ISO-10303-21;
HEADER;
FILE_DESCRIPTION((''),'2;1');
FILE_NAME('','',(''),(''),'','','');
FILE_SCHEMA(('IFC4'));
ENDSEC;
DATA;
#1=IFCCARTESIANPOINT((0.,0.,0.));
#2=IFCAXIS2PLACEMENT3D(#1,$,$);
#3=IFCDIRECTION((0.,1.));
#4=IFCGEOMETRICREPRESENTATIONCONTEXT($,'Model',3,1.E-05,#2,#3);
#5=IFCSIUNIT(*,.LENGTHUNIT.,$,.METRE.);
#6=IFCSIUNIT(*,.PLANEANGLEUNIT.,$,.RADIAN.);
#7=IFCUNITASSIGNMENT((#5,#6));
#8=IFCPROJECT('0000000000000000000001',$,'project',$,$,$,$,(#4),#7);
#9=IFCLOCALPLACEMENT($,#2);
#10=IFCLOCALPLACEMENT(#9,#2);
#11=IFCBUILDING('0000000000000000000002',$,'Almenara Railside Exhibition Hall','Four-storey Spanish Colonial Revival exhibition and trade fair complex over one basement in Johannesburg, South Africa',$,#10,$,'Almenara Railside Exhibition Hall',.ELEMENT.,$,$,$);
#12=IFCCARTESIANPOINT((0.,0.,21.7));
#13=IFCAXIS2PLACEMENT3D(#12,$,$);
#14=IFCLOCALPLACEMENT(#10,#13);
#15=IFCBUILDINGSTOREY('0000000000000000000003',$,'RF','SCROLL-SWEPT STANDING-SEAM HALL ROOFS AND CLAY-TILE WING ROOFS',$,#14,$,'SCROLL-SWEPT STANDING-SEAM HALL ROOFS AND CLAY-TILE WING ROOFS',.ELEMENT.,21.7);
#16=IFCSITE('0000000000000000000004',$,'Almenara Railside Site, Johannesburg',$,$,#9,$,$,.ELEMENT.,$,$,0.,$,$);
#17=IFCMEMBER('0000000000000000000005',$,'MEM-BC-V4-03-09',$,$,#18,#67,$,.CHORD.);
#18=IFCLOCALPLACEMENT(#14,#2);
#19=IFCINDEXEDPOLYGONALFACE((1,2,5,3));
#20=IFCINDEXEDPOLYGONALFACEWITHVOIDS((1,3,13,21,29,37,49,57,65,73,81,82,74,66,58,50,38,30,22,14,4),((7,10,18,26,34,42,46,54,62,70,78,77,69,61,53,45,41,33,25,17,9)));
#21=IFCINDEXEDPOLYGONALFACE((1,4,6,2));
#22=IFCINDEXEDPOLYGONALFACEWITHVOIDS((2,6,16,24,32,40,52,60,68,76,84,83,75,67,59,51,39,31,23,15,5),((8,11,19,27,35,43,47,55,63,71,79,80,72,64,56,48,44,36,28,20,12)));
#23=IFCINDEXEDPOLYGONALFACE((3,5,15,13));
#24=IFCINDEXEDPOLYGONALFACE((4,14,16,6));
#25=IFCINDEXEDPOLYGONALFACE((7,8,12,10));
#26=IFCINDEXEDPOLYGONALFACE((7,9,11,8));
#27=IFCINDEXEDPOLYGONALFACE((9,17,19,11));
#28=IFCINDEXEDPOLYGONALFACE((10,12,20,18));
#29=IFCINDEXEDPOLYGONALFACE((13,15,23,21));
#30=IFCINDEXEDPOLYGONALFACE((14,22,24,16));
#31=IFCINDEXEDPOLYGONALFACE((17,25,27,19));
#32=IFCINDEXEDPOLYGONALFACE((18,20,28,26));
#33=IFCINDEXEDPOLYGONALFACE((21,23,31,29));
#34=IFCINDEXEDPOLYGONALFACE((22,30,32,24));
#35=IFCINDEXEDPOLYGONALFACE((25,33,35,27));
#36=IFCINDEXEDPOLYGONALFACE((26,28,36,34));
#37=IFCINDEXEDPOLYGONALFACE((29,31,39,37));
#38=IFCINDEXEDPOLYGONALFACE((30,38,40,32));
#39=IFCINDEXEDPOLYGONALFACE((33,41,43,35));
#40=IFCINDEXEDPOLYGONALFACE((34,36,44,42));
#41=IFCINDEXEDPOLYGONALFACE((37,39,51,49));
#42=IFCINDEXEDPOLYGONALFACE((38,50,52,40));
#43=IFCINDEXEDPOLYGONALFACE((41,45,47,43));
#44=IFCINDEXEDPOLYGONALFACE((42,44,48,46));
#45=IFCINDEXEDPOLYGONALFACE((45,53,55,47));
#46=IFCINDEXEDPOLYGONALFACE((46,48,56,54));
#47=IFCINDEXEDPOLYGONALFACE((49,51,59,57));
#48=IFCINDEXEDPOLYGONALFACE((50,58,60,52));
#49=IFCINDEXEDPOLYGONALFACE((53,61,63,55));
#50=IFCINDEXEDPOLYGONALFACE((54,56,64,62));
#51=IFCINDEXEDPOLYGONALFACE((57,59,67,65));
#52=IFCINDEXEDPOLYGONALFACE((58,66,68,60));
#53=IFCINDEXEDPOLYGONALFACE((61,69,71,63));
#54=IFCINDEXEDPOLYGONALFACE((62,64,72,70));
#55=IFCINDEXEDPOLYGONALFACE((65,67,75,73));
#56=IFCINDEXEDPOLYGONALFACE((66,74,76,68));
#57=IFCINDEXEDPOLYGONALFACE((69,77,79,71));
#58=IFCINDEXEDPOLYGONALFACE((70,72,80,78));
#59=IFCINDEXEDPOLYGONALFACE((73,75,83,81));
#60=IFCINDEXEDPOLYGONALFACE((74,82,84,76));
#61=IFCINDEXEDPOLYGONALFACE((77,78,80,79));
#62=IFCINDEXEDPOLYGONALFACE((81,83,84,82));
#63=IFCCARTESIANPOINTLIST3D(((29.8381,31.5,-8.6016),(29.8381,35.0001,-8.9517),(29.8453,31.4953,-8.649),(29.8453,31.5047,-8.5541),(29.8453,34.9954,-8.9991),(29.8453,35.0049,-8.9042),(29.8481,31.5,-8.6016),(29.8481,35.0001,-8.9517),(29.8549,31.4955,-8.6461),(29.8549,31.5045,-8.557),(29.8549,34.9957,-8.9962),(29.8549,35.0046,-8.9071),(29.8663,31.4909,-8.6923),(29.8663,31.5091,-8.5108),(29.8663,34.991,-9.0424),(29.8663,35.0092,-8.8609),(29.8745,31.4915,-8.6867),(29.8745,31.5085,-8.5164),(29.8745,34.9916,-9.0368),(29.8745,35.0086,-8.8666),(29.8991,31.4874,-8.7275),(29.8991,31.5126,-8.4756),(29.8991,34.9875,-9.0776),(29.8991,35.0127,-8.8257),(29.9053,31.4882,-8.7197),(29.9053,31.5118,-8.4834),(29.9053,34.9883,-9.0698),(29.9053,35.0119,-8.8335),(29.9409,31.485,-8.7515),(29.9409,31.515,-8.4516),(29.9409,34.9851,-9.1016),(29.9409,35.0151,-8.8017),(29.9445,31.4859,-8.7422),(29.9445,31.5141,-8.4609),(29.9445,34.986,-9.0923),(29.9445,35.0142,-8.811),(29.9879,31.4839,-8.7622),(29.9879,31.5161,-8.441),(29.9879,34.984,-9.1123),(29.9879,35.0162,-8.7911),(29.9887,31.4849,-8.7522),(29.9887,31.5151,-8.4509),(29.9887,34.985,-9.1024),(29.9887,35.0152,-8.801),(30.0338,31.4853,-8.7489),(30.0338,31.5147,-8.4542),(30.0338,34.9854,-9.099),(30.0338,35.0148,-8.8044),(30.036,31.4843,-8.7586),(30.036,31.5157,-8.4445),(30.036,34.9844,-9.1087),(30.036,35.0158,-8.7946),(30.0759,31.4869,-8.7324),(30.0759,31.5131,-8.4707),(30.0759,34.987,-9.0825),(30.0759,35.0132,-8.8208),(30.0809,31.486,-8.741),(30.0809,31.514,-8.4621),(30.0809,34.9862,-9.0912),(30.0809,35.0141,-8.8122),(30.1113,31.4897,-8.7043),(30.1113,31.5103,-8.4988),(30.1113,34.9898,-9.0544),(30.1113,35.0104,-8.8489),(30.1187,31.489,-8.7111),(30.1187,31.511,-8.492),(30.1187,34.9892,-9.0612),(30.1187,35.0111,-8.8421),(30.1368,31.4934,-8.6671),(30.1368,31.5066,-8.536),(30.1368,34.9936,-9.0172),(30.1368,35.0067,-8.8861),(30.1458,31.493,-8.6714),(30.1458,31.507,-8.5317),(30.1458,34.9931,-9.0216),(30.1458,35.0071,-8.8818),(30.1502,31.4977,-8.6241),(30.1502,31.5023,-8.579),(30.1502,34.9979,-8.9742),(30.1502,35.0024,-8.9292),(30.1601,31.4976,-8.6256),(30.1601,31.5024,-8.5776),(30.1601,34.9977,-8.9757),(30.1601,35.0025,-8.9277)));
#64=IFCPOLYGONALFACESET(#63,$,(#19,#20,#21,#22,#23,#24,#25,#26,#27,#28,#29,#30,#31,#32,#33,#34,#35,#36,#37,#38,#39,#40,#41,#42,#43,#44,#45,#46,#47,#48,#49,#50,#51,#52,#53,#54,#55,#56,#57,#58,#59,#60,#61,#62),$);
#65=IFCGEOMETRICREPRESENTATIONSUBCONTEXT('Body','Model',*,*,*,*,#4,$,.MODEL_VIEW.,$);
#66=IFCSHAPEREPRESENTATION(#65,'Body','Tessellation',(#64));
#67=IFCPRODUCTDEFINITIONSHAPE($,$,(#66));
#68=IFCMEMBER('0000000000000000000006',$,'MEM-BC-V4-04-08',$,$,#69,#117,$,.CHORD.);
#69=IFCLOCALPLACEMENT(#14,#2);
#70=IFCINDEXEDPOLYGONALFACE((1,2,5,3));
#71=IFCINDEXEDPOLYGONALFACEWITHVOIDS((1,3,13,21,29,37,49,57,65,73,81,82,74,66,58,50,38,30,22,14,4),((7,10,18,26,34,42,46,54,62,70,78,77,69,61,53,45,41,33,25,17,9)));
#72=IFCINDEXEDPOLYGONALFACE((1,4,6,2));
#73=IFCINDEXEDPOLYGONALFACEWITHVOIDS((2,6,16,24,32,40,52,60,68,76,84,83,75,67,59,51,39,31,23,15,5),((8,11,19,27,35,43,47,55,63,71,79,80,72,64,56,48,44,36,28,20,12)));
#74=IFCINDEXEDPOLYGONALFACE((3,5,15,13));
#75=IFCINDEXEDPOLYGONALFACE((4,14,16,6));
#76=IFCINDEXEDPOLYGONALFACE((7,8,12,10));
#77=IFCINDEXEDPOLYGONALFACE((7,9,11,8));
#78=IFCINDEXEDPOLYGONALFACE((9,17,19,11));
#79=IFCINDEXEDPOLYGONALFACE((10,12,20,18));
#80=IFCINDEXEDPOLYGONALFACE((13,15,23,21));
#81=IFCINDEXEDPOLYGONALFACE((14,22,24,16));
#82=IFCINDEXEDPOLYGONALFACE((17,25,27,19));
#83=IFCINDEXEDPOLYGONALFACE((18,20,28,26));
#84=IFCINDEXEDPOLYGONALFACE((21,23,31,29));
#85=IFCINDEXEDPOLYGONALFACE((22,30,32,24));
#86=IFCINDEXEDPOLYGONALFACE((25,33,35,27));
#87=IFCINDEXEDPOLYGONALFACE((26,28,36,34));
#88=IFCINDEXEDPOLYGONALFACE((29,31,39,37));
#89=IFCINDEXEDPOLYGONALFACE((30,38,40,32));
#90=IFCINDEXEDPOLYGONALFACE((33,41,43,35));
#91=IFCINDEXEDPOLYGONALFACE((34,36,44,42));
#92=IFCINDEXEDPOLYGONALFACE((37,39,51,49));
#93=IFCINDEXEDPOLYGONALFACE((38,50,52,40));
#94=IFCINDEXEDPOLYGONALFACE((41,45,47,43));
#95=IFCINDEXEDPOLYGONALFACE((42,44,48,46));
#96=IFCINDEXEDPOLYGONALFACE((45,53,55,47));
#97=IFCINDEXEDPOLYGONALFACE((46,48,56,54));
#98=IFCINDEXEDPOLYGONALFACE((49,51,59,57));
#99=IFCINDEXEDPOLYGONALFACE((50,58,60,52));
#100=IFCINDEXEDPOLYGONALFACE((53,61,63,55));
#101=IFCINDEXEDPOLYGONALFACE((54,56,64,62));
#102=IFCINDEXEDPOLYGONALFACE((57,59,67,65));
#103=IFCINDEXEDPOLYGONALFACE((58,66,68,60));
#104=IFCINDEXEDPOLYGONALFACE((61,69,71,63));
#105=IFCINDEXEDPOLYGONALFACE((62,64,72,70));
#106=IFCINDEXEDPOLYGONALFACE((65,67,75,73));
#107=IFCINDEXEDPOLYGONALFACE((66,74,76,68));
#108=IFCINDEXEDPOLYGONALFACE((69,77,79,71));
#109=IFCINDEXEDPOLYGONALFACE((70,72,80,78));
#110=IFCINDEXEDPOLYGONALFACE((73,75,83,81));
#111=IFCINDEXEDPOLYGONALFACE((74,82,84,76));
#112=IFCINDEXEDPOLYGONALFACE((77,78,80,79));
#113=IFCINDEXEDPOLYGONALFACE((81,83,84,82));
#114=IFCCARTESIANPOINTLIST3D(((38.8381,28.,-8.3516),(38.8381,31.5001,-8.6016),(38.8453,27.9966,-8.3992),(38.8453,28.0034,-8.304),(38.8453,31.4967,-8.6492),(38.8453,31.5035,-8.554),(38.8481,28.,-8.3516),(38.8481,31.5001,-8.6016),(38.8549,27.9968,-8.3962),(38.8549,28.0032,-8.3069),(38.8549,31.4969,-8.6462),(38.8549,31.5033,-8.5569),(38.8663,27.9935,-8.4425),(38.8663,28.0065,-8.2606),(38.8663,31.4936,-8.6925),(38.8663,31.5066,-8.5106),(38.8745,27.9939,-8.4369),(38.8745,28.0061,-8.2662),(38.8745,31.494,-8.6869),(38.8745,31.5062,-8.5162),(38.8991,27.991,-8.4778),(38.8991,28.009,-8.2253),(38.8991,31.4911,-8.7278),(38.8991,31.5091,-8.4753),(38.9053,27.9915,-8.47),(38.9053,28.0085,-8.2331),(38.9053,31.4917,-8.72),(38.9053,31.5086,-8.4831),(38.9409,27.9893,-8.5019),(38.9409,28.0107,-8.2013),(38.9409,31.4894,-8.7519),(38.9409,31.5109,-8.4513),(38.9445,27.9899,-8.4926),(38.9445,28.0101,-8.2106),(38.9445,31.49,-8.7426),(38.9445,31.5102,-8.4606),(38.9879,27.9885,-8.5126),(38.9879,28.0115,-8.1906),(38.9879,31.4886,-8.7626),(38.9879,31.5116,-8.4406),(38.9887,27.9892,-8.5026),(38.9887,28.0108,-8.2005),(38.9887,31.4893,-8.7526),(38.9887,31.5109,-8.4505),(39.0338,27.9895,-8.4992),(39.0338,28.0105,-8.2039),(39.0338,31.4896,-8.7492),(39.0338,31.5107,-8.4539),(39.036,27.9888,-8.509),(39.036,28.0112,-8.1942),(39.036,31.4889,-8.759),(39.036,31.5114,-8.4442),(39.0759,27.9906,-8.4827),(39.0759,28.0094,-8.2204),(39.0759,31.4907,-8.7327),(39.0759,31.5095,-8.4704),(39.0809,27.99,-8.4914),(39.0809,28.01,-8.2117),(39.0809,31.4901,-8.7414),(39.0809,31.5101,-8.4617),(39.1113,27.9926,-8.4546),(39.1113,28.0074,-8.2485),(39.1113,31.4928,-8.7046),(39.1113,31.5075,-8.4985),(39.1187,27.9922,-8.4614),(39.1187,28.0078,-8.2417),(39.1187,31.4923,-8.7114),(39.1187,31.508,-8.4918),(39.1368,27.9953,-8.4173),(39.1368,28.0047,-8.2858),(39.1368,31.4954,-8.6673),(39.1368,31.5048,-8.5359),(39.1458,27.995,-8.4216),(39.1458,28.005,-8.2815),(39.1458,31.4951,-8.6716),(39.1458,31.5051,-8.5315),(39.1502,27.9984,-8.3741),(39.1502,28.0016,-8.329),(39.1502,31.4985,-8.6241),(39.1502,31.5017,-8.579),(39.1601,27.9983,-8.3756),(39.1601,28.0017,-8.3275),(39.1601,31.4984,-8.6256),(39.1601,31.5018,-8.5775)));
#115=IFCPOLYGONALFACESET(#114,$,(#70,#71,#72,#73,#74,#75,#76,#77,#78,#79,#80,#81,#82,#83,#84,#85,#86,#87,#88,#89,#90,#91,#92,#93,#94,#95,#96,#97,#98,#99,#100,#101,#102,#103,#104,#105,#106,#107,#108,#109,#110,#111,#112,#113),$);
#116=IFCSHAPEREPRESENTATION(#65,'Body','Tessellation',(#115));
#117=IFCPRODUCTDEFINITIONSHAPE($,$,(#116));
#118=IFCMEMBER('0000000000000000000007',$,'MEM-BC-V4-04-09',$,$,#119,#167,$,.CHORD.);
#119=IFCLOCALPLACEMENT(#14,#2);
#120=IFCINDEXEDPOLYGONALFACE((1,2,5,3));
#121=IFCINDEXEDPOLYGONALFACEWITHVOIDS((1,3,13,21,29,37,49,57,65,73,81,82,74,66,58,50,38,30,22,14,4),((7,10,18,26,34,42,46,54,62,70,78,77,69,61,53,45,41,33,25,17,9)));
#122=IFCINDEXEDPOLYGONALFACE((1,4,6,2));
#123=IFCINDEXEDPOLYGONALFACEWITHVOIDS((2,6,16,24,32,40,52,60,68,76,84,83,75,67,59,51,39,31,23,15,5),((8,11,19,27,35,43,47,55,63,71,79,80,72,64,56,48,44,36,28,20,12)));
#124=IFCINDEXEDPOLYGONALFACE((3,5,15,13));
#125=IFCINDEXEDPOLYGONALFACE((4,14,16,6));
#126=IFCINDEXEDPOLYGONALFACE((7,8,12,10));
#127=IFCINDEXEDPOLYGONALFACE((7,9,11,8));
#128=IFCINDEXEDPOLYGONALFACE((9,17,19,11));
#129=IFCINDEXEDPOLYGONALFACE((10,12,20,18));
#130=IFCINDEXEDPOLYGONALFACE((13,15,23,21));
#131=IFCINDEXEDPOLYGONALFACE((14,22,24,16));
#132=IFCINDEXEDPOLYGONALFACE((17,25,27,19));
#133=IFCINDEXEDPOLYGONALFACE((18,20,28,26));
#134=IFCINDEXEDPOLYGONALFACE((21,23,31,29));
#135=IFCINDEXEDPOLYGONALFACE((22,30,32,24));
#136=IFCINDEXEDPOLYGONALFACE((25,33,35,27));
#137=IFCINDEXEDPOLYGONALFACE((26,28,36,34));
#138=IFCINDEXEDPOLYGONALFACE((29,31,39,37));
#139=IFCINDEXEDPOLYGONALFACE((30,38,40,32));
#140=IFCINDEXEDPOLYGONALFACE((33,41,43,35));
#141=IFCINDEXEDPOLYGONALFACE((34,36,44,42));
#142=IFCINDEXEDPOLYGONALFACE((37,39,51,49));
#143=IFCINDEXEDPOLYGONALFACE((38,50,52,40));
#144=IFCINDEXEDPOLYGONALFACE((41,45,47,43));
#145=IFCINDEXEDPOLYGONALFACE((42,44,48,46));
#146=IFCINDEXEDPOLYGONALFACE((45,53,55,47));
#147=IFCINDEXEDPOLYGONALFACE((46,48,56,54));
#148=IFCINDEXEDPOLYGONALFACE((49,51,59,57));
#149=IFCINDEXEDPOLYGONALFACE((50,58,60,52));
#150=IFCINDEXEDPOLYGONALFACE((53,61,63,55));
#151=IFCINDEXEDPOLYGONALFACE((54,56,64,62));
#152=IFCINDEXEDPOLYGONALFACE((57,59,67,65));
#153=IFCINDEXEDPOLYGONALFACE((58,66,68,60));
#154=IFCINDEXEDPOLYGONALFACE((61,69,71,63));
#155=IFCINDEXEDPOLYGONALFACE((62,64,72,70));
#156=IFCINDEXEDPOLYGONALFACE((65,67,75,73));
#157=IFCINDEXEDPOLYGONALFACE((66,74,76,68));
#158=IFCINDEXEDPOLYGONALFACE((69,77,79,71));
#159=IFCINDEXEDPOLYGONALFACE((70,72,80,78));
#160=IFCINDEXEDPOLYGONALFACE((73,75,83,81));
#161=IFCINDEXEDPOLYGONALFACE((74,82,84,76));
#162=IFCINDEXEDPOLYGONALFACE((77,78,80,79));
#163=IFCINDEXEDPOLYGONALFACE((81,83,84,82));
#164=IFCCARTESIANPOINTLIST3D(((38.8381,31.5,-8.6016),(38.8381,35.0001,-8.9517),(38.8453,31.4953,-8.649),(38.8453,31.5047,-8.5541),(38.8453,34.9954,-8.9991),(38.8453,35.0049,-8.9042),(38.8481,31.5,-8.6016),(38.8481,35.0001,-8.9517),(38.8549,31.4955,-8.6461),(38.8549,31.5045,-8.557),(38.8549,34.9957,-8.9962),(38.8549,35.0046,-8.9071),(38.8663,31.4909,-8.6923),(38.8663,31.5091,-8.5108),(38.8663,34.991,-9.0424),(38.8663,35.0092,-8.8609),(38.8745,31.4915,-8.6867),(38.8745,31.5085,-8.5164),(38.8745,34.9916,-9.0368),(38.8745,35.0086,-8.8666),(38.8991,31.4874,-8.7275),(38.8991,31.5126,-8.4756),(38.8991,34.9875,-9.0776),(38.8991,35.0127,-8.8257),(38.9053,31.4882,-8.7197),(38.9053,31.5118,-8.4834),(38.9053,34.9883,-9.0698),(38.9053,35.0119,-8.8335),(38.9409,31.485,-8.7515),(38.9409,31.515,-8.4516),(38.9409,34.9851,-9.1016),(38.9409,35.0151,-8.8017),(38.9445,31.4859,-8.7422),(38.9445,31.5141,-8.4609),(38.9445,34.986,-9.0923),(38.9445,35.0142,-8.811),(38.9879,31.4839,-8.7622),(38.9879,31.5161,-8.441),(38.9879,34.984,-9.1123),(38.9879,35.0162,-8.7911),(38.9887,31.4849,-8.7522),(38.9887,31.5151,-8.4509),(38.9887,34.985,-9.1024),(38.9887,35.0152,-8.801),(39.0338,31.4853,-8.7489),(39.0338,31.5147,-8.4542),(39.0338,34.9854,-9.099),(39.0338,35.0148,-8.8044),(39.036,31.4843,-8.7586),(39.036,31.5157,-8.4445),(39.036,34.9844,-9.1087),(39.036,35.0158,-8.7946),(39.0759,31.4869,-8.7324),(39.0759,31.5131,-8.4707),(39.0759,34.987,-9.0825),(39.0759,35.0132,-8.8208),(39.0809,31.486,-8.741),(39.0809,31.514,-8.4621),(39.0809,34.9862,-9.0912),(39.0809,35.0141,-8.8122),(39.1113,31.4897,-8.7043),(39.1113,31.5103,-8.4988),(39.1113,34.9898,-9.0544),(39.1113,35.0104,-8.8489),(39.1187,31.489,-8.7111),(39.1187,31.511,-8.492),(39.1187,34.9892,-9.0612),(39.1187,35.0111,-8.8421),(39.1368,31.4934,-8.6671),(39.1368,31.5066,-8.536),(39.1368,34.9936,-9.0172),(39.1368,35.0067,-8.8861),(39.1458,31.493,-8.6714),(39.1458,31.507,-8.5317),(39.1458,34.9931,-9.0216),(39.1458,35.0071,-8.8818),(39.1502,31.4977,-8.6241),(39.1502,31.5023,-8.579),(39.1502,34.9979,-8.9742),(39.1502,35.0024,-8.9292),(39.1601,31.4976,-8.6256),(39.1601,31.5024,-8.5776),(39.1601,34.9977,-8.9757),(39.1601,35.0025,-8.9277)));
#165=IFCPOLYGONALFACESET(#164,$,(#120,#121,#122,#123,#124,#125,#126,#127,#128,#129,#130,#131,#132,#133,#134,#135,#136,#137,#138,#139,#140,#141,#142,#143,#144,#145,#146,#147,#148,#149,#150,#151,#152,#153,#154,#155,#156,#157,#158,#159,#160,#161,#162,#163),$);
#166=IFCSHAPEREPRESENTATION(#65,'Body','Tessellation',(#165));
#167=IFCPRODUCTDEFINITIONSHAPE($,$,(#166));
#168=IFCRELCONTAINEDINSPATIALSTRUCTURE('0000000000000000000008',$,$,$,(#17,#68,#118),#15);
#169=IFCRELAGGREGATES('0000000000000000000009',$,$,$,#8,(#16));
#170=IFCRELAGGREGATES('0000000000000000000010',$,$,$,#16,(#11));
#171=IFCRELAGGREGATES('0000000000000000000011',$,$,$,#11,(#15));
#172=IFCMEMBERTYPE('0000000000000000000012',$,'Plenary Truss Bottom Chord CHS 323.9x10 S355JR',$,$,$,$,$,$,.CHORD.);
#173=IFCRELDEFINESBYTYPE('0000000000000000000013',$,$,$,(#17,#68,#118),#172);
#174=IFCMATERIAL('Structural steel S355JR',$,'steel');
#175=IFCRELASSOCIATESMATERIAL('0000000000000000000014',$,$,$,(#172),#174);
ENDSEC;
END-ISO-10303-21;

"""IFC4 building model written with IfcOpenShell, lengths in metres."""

from ifc_helpers import new_model, si_unit, direction, frame, origin, origin_2d, place, context, subcontext, project, spatial, hollow_circle, extrude, material, material_profile, profile_set, type_object, element, save


model = new_model("IFC4")

# Units and contexts
model_context = context("Model", 3, precision=1e-05, world=origin(), true_north=direction((0.0, 1.0)))
body_context = subcontext(model_context, "Body", "Model", "MODEL_VIEW")
ifc_project = project(units=[si_unit("LENGTHUNIT", "METRE"), si_unit("PLANEANGLEUNIT", "RADIAN")], contexts=[model_context])

# Site, building, storey
site_placement = place(None, origin())
site = spatial("IfcSite", under=ifc_project, at=site_placement, Name="Almenara Railside Site, Johannesburg", CompositionType="ELEMENT", RefElevation=0.0)
building_placement = place(site_placement, origin())
building = spatial("IfcBuilding", under=site, at=building_placement, Name="Almenara Railside Exhibition Hall", Description="Four-storey Spanish Colonial Revival exhibition and trade fair complex over one basement in Johannesburg, South Africa", LongName="Almenara Railside Exhibition Hall", CompositionType="ELEMENT")
storey_placement = place(building_placement, frame((0.0, 0.0, 21.7)))
storey = spatial("IfcBuildingStorey", under=building, at=storey_placement, Name="RF", Description="SCROLL-SWEPT STANDING-SEAM HALL ROOFS AND CLAY-TILE WING ROOFS", LongName="SCROLL-SWEPT STANDING-SEAM HALL ROOFS AND CLAY-TILE WING ROOFS", CompositionType="ELEMENT", Elevation=21.7)

# Members
ifc_material_1 = material(Name="Structural steel S355JR", Category="steel")
ifc_material_profile_1 = material_profile(ifc_material_1, hollow_circle(Radius=0.1619, WallThickness=0.01, at=origin_2d()), Name="CHS 323.9x10")
ifc_profile_set_1 = profile_set([ifc_material_profile_1], Name="Structural steel S355JR")
member_type_1 = type_object("IfcMemberType", Name="Plenary Truss Bottom Chord CHS 323.9x10 S355JR", PredefinedType="CHORD", material=ifc_profile_set_1)
member_1_placement = place(storey_placement, frame((30.0, 31.5, -8.6016), z_axis=(0.0, 0.995034, -0.099531), x_axis=(-1.0, 0.0, 0.0)))
element("IfcMember", 1, at=member_1_placement, inside=storey, type_object=member_type_1, Name="MEM-BC-V4-03-09", PredefinedType="CHORD", context=body_context, shape_type="SweptSolid", body=[
    extrude(hollow_circle(Radius=0.1619, WallThickness=0.01, at=origin_2d()), origin(), (0.0, 0.0, 1.0), 3.5176),
])
member_2_placement = place(storey_placement, frame((39.0, 28.0, -8.3516), z_axis=(0.0, 0.997459, -0.071247), x_axis=(-1.0, 0.0, 0.0)))
element("IfcMember", 2, at=member_2_placement, inside=storey, type_object=member_type_1, Name="MEM-BC-V4-04-08", PredefinedType="CHORD", context=body_context, shape_type="SweptSolid", body=[
    extrude(hollow_circle(Radius=0.1619, WallThickness=0.01, at=origin_2d()), origin(), (0.0, 0.0, 1.0), 3.509),
])
member_3_placement = place(storey_placement, frame((39.0, 31.5, -8.6016), z_axis=(0.0, 0.995034, -0.099531), x_axis=(-1.0, 0.0, 0.0)))
element("IfcMember", 3, at=member_3_placement, inside=storey, type_object=member_type_1, Name="MEM-BC-V4-04-09", PredefinedType="CHORD", context=body_context, shape_type="SweptSolid", body=[
    extrude(hollow_circle(Radius=0.1619, WallThickness=0.01, at=origin_2d()), origin(), (0.0, 0.0, 1.0), 3.5176),
])

save(model, "model.ifc")
